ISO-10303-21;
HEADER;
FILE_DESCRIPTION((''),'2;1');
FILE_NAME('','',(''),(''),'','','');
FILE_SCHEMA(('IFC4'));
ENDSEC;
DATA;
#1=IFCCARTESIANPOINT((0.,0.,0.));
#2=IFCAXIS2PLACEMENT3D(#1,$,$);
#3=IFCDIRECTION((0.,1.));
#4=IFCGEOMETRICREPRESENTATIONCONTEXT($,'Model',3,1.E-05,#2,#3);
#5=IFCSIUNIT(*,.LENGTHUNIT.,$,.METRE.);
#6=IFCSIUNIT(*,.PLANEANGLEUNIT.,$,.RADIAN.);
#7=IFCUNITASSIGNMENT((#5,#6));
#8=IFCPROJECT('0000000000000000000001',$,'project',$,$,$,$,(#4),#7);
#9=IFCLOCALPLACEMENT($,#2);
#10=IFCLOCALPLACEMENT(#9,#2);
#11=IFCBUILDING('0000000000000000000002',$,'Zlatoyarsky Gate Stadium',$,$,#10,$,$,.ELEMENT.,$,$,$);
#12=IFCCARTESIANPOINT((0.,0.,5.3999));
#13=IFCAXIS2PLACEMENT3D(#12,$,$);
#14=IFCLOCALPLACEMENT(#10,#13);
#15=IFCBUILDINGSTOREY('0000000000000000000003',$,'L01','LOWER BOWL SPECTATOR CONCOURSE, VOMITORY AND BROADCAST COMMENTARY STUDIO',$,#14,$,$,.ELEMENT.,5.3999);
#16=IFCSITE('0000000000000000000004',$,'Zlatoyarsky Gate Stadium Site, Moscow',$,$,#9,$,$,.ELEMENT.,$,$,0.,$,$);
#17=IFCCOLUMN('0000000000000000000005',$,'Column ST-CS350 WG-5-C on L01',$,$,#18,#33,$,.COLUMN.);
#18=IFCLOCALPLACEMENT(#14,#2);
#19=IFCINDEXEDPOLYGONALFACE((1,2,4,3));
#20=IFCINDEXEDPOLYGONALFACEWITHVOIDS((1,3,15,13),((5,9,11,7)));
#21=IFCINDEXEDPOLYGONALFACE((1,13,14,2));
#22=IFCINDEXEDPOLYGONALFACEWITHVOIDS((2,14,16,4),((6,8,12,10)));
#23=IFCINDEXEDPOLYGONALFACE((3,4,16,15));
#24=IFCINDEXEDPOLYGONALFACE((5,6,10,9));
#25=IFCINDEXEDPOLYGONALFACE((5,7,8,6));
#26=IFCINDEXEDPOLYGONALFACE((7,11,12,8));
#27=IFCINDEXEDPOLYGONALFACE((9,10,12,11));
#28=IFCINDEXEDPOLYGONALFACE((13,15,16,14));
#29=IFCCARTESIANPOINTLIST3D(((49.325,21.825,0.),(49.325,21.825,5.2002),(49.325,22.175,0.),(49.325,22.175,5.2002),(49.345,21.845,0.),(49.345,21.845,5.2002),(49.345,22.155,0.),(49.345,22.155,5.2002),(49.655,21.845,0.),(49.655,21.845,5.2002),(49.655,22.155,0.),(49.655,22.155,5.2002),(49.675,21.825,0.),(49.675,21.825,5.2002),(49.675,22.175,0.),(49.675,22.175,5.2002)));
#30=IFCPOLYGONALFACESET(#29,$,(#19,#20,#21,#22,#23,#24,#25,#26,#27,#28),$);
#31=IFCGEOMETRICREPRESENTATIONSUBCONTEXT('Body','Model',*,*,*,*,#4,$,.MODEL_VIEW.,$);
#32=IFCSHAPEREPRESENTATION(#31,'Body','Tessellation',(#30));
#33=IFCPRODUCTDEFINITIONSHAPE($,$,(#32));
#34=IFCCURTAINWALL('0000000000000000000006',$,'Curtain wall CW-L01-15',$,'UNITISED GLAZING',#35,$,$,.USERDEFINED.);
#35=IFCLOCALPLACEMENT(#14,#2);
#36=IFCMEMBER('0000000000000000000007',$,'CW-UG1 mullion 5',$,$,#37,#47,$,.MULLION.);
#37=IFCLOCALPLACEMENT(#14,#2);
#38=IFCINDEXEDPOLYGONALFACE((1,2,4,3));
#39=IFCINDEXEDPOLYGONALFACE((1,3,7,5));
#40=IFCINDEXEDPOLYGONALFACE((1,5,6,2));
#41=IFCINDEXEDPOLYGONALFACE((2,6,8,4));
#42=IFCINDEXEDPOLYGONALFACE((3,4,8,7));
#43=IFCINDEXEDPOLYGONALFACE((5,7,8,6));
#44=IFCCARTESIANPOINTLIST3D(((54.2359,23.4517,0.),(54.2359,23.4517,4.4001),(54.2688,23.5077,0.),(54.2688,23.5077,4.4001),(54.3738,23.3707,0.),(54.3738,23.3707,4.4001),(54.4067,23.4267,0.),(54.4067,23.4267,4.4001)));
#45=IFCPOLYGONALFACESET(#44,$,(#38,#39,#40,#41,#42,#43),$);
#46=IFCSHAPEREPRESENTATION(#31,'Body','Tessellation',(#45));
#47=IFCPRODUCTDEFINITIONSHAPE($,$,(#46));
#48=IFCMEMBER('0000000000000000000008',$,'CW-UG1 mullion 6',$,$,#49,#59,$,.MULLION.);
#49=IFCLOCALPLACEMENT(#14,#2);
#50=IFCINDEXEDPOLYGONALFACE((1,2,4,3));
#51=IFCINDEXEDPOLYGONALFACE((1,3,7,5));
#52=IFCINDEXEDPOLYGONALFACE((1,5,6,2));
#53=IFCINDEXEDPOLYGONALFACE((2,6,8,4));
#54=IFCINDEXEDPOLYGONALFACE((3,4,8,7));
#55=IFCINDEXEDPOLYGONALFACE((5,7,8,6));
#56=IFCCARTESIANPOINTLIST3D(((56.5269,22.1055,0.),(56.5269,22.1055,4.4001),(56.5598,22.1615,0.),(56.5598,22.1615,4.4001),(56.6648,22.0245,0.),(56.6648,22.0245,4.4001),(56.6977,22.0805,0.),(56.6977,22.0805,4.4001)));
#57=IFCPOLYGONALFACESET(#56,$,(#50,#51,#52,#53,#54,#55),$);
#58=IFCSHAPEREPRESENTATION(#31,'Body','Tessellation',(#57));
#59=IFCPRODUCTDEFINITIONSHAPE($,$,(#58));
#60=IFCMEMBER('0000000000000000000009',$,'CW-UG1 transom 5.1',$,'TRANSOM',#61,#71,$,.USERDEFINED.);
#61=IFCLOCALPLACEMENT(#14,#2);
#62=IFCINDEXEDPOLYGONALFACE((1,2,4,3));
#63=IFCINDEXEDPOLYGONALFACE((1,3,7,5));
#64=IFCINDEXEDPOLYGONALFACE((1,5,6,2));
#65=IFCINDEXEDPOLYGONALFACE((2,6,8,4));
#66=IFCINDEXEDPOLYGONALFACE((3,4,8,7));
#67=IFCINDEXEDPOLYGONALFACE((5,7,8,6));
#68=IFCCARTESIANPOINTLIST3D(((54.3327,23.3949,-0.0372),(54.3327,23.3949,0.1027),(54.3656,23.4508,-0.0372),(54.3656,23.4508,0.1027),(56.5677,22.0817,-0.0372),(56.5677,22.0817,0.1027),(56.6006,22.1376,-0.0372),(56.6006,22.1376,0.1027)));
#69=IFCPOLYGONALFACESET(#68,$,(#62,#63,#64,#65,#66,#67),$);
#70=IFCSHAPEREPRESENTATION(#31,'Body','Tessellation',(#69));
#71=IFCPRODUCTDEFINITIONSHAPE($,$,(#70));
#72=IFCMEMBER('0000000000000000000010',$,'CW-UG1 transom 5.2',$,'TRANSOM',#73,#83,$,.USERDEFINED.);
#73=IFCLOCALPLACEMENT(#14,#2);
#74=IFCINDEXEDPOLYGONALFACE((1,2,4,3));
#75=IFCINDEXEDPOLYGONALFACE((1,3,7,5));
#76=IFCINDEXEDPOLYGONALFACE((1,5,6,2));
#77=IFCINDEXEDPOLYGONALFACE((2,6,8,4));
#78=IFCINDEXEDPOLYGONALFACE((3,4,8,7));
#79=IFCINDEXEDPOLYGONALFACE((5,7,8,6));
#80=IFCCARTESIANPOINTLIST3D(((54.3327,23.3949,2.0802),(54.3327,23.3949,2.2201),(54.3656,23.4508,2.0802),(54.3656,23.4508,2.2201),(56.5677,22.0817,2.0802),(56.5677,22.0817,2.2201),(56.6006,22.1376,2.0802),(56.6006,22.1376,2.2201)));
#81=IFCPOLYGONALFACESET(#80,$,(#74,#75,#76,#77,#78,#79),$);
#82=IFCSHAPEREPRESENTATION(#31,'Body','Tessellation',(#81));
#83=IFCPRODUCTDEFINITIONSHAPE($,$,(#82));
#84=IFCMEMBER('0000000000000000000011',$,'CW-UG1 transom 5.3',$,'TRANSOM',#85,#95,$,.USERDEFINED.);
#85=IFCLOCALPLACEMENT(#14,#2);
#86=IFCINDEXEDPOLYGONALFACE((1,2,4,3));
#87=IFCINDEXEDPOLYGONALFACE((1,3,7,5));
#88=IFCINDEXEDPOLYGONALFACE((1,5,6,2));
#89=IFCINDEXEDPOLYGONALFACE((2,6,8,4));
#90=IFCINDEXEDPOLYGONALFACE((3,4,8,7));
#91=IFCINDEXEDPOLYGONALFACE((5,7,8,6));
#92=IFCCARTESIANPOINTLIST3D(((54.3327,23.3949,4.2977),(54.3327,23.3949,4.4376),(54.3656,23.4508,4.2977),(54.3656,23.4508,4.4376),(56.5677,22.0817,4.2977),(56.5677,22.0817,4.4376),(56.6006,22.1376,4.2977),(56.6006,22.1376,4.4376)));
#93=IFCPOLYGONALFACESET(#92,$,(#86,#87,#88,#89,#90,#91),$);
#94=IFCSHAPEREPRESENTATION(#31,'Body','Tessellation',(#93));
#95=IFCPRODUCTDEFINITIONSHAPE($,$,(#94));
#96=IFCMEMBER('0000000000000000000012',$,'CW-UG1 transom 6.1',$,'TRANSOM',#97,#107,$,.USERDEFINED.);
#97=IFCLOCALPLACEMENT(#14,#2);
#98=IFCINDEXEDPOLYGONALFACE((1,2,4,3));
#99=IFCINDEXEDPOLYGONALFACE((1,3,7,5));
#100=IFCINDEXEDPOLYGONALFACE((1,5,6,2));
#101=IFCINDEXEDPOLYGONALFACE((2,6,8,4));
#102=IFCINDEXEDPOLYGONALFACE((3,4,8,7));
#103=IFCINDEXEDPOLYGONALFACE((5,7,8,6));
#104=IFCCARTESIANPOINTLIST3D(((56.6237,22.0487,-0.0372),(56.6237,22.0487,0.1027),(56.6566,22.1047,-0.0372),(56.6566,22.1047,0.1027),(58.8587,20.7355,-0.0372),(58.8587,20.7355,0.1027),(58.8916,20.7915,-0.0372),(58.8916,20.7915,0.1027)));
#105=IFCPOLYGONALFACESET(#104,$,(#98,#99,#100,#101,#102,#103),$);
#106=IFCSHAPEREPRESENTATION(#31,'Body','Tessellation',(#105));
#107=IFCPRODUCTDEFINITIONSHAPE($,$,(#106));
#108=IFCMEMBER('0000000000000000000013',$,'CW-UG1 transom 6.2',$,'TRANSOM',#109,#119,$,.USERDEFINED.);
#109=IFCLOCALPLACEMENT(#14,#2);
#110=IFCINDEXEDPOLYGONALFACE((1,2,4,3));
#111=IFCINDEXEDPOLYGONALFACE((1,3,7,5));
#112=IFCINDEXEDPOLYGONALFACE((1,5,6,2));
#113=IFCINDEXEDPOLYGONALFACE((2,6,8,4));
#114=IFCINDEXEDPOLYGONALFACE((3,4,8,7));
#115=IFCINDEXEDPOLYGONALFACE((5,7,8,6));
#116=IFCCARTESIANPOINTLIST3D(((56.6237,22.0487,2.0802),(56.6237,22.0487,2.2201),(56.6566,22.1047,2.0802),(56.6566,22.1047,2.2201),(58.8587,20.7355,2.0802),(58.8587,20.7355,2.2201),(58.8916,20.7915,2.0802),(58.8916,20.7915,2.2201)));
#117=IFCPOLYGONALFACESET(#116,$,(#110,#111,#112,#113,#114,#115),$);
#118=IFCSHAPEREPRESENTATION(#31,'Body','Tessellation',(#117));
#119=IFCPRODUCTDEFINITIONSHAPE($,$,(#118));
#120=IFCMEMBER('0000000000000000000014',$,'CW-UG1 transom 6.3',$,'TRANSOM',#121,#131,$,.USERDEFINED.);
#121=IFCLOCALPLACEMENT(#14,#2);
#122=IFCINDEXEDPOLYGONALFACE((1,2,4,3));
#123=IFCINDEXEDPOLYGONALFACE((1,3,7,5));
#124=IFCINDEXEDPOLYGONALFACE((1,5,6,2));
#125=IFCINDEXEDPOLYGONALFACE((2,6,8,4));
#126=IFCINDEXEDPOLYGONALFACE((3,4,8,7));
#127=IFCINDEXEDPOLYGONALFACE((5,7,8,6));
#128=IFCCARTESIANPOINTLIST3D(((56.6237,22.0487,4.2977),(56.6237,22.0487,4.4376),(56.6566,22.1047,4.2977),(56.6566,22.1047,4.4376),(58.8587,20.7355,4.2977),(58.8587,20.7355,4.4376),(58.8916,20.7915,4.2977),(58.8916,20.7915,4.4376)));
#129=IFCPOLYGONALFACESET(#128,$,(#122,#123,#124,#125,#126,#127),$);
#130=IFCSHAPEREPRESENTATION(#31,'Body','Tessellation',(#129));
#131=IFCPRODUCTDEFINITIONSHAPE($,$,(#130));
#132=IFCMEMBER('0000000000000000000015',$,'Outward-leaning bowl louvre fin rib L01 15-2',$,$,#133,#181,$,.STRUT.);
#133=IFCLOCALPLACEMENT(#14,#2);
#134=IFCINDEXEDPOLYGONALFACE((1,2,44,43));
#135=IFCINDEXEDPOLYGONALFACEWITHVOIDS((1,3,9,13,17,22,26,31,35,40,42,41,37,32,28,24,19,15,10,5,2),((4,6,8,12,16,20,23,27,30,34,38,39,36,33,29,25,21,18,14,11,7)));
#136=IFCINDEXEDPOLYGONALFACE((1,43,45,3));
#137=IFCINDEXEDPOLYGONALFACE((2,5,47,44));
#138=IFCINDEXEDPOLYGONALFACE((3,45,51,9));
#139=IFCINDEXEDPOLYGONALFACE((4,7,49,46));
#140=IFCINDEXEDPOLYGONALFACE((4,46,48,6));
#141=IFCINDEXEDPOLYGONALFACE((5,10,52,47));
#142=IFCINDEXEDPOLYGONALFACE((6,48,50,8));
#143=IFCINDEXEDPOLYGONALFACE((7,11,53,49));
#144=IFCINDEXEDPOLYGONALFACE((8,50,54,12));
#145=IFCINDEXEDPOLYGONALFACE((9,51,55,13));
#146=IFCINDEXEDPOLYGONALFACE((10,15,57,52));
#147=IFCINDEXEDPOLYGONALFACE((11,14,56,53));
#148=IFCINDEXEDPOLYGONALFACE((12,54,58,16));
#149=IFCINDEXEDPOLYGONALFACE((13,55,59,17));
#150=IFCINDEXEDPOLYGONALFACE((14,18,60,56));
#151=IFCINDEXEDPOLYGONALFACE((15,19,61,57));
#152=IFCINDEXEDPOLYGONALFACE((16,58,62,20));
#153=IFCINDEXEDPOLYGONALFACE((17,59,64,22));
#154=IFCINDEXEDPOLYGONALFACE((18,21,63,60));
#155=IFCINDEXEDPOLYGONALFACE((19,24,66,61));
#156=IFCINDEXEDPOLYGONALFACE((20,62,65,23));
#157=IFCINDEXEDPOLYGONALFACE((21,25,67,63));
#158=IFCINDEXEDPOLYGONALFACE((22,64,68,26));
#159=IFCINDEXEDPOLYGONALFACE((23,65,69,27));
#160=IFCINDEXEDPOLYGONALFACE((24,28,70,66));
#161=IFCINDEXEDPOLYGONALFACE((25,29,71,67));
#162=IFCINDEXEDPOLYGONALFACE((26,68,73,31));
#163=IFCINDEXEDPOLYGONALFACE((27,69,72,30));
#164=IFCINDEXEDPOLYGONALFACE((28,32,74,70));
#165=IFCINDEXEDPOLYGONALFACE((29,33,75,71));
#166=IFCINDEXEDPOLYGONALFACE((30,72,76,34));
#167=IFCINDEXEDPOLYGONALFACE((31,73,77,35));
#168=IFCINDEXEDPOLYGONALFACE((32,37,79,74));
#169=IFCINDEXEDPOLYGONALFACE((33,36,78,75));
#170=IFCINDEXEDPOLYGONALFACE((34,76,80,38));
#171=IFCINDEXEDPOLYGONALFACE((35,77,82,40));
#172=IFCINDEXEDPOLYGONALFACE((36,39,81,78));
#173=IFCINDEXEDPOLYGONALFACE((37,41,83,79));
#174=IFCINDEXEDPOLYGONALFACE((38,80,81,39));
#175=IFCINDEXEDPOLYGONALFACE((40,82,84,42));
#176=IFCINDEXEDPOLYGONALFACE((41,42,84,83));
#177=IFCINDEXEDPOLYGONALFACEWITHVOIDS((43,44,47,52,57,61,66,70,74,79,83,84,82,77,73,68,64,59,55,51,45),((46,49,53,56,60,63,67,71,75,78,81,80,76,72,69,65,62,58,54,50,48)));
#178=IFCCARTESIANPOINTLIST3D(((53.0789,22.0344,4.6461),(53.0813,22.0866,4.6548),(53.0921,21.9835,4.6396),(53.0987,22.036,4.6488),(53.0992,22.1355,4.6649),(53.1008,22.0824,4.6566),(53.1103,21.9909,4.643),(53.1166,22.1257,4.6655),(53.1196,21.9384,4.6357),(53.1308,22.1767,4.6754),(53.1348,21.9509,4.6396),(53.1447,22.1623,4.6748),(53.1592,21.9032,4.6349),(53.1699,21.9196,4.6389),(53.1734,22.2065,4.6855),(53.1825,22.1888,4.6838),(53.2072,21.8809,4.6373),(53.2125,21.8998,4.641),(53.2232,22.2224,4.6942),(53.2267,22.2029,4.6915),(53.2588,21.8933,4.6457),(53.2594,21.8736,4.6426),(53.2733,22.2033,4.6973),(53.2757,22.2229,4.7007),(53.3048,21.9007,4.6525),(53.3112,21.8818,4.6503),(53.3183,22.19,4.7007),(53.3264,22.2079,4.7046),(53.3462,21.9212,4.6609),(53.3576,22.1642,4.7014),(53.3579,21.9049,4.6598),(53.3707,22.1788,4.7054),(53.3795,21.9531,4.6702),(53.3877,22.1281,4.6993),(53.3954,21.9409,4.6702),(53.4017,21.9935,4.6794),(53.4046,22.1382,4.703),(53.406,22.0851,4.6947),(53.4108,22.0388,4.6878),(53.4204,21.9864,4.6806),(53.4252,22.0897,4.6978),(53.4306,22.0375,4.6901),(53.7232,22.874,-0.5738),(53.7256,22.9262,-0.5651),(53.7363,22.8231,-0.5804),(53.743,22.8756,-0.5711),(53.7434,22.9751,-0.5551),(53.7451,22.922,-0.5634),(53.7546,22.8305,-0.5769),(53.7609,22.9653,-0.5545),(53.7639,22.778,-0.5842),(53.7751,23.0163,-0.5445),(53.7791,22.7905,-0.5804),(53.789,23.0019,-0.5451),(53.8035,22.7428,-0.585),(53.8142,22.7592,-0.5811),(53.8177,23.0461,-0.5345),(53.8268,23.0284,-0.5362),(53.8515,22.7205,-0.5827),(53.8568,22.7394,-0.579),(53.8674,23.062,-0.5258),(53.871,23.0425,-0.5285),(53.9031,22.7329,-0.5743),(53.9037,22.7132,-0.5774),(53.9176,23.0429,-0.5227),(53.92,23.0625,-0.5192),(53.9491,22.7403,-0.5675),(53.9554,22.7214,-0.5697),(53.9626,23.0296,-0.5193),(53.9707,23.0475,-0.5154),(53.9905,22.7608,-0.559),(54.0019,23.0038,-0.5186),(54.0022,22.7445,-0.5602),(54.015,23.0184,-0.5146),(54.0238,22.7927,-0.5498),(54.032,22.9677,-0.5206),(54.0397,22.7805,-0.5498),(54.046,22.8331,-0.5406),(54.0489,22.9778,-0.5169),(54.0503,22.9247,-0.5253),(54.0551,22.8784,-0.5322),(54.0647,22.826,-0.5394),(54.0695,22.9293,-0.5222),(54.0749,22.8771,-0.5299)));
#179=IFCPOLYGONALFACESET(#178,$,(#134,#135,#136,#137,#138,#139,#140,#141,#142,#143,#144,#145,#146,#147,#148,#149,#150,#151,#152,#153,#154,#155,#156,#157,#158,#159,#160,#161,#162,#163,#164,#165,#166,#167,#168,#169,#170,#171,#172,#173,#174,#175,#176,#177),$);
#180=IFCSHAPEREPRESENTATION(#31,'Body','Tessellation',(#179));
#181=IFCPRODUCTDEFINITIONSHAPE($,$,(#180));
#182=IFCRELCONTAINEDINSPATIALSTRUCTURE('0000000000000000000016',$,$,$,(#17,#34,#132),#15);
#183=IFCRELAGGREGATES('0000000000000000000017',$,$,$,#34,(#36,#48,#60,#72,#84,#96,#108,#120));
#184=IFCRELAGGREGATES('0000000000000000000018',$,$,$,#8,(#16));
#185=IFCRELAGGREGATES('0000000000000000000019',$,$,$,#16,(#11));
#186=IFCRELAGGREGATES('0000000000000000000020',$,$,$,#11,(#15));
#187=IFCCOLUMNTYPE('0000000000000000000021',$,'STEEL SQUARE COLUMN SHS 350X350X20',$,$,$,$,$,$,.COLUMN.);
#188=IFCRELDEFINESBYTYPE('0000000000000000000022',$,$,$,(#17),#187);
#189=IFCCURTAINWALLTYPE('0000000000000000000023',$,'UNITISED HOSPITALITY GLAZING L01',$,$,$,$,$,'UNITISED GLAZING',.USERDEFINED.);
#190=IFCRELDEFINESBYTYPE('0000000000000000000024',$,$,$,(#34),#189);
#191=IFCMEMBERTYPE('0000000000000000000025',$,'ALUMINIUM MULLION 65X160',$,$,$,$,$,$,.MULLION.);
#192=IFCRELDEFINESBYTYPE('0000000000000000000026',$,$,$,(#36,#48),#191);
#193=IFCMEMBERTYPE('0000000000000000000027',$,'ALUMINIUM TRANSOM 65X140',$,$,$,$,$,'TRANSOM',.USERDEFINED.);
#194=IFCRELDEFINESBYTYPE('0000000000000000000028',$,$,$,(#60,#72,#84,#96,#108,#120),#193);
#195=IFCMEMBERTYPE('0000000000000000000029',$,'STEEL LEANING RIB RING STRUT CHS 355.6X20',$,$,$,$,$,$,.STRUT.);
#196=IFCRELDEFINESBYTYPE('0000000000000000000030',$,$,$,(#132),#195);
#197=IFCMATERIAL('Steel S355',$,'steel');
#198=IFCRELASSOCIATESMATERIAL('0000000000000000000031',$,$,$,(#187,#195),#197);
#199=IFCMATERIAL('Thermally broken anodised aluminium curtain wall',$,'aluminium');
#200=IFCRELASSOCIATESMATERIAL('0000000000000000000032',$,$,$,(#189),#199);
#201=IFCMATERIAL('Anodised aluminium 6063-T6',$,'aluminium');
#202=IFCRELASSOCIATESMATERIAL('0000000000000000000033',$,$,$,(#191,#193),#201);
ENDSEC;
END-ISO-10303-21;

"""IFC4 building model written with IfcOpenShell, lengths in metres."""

from ifc_helpers import new_model, si_unit, direction, frame, origin, origin_2d, place, context, subcontext, project, spatial, rectangle, hollow_rectangle, hollow_circle, extrude, material, material_profile, profile_set, type_object, element, aggregate, save


model = new_model("IFC4")

# Units and contexts
model_context = context("Model", 3, precision=1e-05, world=origin(), true_north=direction((0.0, 1.0)))
body_context = subcontext(model_context, "Body", "Model", "MODEL_VIEW")
ifc_project = project(units=[si_unit("LENGTHUNIT", "METRE"), si_unit("PLANEANGLEUNIT", "RADIAN")], contexts=[model_context])

# Site, building, storey
site_placement = place(None, origin())
site = spatial("IfcSite", under=ifc_project, at=site_placement, Name="Zlatoyarsky Gate Stadium Site, Moscow", CompositionType="ELEMENT", RefElevation=0.0)
building_placement = place(site_placement, origin())
building = spatial("IfcBuilding", under=site, at=building_placement, Name="Zlatoyarsky Gate Stadium", CompositionType="ELEMENT")
storey_placement = place(building_placement, frame((0.0, 0.0, 5.3999)))
storey = spatial("IfcBuildingStorey", under=building, at=storey_placement, Name="L01", Description="LOWER BOWL SPECTATOR CONCOURSE, VOMITORY AND BROADCAST COMMENTARY STUDIO", CompositionType="ELEMENT", Elevation=5.3999)

# Column
ifc_material_1 = material(Name="Steel S355", Category="steel")
ifc_material_profile_1 = material_profile(ifc_material_1, hollow_rectangle(XDim=0.3501, YDim=0.3501, WallThickness=0.02, at=origin_2d()), Name="SHS 350X350X20")
ifc_profile_set_1 = profile_set([ifc_material_profile_1], Name="Steel S355")
column_type = type_object("IfcColumnType", Name="STEEL SQUARE COLUMN SHS 350X350X20", PredefinedType="COLUMN", material=ifc_profile_set_1)
column_placement = place(storey_placement, frame((49.5, 22.0, 0.0), z_axis=(0.0, 0.0, 1.0), x_axis=(1.0, 0.0, 0.0)))
element("IfcColumn", 1, at=column_placement, inside=storey, type_object=column_type, Name="Column ST-CS350 WG-5-C on L01", PredefinedType="COLUMN", context=body_context, shape_type="SweptSolid", body=[
    extrude(hollow_rectangle(XDim=0.3501, YDim=0.3501, WallThickness=0.02, at=origin_2d()), origin(), (0.0, 0.0, 1.0), 5.2002),
])

# Curtain wall, members
ifc_material_2 = material(Name="Thermally broken anodised aluminium curtain wall", Category="aluminium")
curtain_wall_type = type_object("IfcCurtainWallType", Name="UNITISED HOSPITALITY GLAZING L01", ElementType="UNITISED GLAZING", PredefinedType="USERDEFINED", material=ifc_material_2)
curtain_wall_placement = place(storey_placement, origin())
curtain_wall = element("IfcCurtainWall", 2, at=curtain_wall_placement, inside=storey, type_object=curtain_wall_type, Name="Curtain wall CW-L01-15", ObjectType="UNITISED GLAZING", PredefinedType="USERDEFINED")
ifc_material_3 = material(Name="Anodised aluminium 6063-T6", Category="aluminium")
ifc_material_profile_2 = material_profile(ifc_material_3, rectangle(XDim=0.0649, YDim=0.1599, at=origin_2d()), Name="ALU 65X160")
ifc_profile_set_2 = profile_set([ifc_material_profile_2], Name="Anodised aluminium 6063-T6")
member_type_1 = type_object("IfcMemberType", Name="ALUMINIUM MULLION 65X160", PredefinedType="MULLION", material=ifc_profile_set_2)
member_1_placement = place(storey_placement, frame((54.3213, 23.4392, 0.0), z_axis=(0.0, 0.0, 1.0), x_axis=(0.50659, 0.862187, 0.0)))
member_1 = element("IfcMember", 3, at=member_1_placement, type_object=member_type_1, Name="CW-UG1 mullion 5", PredefinedType="MULLION", context=body_context, shape_type="SweptSolid", body=[
    extrude(rectangle(XDim=0.0649, YDim=0.1599, at=origin_2d()), origin(), (0.0, 0.0, 1.0), 4.4001),
])
member_2_placement = place(storey_placement, frame((56.6123, 22.093, 0.0), z_axis=(0.0, 0.0, 1.0), x_axis=(0.50659, 0.862187, 0.0)))
member_2 = element("IfcMember", 4, at=member_2_placement, type_object=member_type_1, Name="CW-UG1 mullion 6", PredefinedType="MULLION", context=body_context, shape_type="SweptSolid", body=[
    extrude(rectangle(XDim=0.0649, YDim=0.1599, at=origin_2d()), origin(), (0.0, 0.0, 1.0), 4.4001),
])
ifc_material_profile_3 = material_profile(ifc_material_3, rectangle(XDim=0.0649, YDim=0.1399, at=origin_2d()), Name="ALU 65X140")
ifc_profile_set_3 = profile_set([ifc_material_profile_3], Name="Anodised aluminium 6063-T6")
member_type_2 = type_object("IfcMemberType", Name="ALUMINIUM TRANSOM 65X140", ElementType="TRANSOM", PredefinedType="USERDEFINED", material=ifc_profile_set_3)
member_3_placement = place(storey_placement, frame((54.3491, 23.4229, 0.0327), z_axis=(0.862193, -0.50658, 0.0), x_axis=(0.50658, 0.862193, 0.0)))
member_3 = element("IfcMember", 5, at=member_3_placement, type_object=member_type_2, Name="CW-UG1 transom 5.1", ObjectType="TRANSOM", PredefinedType="USERDEFINED", context=body_context, shape_type="SweptSolid", body=[
    extrude(rectangle(XDim=0.0649, YDim=0.1399, at=origin_2d()), origin(), (0.0, 0.0, 1.0), 2.5923),
])
member_4_placement = place(storey_placement, frame((54.3491, 23.4229, 2.1501), z_axis=(0.862193, -0.50658, 0.0), x_axis=(0.50658, 0.862193, 0.0)))
member_4 = element("IfcMember", 6, at=member_4_placement, type_object=member_type_2, Name="CW-UG1 transom 5.2", ObjectType="TRANSOM", PredefinedType="USERDEFINED", context=body_context, shape_type="SweptSolid", body=[
    extrude(rectangle(XDim=0.0649, YDim=0.1399, at=origin_2d()), origin(), (0.0, 0.0, 1.0), 2.5923),
])
member_5_placement = place(storey_placement, frame((54.3491, 23.4229, 4.3677), z_axis=(0.862193, -0.50658, 0.0), x_axis=(0.50658, 0.862193, 0.0)))
member_5 = element("IfcMember", 7, at=member_5_placement, type_object=member_type_2, Name="CW-UG1 transom 5.3", ObjectType="TRANSOM", PredefinedType="USERDEFINED", context=body_context, shape_type="SweptSolid", body=[
    extrude(rectangle(XDim=0.0649, YDim=0.1399, at=origin_2d()), origin(), (0.0, 0.0, 1.0), 2.5923),
])
member_6_placement = place(storey_placement, frame((56.6401, 22.0767, 0.0327), z_axis=(0.862193, -0.50658, 0.0), x_axis=(0.50658, 0.862193, 0.0)))
member_6 = element("IfcMember", 8, at=member_6_placement, type_object=member_type_2, Name="CW-UG1 transom 6.1", ObjectType="TRANSOM", PredefinedType="USERDEFINED", context=body_context, shape_type="SweptSolid", body=[
    extrude(rectangle(XDim=0.0649, YDim=0.1399, at=origin_2d()), origin(), (0.0, 0.0, 1.0), 2.5923),
])
member_7_placement = place(storey_placement, frame((56.6401, 22.0767, 2.1501), z_axis=(0.862193, -0.50658, 0.0), x_axis=(0.50658, 0.862193, 0.0)))
member_7 = element("IfcMember", 9, at=member_7_placement, type_object=member_type_2, Name="CW-UG1 transom 6.2", ObjectType="TRANSOM", PredefinedType="USERDEFINED", context=body_context, shape_type="SweptSolid", body=[
    extrude(rectangle(XDim=0.0649, YDim=0.1399, at=origin_2d()), origin(), (0.0, 0.0, 1.0), 2.5923),
])
member_8_placement = place(storey_placement, frame((56.6401, 22.0767, 4.3677), z_axis=(0.862193, -0.50658, 0.0), x_axis=(0.50658, 0.862193, 0.0)))
member_8 = element("IfcMember", 10, at=member_8_placement, type_object=member_type_2, Name="CW-UG1 transom 6.3", ObjectType="TRANSOM", PredefinedType="USERDEFINED", context=body_context, shape_type="SweptSolid", body=[
    extrude(rectangle(XDim=0.0649, YDim=0.1399, at=origin_2d()), origin(), (0.0, 0.0, 1.0), 2.5923),
])

# Member
ifc_material_profile_4 = material_profile(ifc_material_1, hollow_circle(Radius=0.1777, WallThickness=0.02, at=origin_2d()), Name="CHS 355.6X20")
ifc_profile_set_4 = profile_set([ifc_material_profile_4], Name="Steel S355")
member_type_3 = type_object("IfcMemberType", Name="STEEL LEANING RIB RING STRUT CHS 355.6X20", PredefinedType="STRUT", material=ifc_profile_set_4)
member_9_placement = place(storey_placement, frame((53.8987, 22.8887, -0.5498), z_axis=(-0.120966, -0.157637, 0.98006), x_axis=(0.793335, -0.608785, 0.0)))
element("IfcMember", 11, at=member_9_placement, inside=storey, type_object=member_type_3, Name="Outward-leaning bowl louvre fin rib L01 15-2", PredefinedType="STRUT", context=body_context, shape_type="SweptSolid", body=[
    extrude(hollow_circle(Radius=0.1777, WallThickness=0.02, at=origin_2d()), origin(), (0.0, 0.0, 1.0), 5.3262),
])

aggregate(curtain_wall, [member_1, member_2, member_3, member_4, member_5, member_6, member_7, member_8])

save(model, "model.ifc")
